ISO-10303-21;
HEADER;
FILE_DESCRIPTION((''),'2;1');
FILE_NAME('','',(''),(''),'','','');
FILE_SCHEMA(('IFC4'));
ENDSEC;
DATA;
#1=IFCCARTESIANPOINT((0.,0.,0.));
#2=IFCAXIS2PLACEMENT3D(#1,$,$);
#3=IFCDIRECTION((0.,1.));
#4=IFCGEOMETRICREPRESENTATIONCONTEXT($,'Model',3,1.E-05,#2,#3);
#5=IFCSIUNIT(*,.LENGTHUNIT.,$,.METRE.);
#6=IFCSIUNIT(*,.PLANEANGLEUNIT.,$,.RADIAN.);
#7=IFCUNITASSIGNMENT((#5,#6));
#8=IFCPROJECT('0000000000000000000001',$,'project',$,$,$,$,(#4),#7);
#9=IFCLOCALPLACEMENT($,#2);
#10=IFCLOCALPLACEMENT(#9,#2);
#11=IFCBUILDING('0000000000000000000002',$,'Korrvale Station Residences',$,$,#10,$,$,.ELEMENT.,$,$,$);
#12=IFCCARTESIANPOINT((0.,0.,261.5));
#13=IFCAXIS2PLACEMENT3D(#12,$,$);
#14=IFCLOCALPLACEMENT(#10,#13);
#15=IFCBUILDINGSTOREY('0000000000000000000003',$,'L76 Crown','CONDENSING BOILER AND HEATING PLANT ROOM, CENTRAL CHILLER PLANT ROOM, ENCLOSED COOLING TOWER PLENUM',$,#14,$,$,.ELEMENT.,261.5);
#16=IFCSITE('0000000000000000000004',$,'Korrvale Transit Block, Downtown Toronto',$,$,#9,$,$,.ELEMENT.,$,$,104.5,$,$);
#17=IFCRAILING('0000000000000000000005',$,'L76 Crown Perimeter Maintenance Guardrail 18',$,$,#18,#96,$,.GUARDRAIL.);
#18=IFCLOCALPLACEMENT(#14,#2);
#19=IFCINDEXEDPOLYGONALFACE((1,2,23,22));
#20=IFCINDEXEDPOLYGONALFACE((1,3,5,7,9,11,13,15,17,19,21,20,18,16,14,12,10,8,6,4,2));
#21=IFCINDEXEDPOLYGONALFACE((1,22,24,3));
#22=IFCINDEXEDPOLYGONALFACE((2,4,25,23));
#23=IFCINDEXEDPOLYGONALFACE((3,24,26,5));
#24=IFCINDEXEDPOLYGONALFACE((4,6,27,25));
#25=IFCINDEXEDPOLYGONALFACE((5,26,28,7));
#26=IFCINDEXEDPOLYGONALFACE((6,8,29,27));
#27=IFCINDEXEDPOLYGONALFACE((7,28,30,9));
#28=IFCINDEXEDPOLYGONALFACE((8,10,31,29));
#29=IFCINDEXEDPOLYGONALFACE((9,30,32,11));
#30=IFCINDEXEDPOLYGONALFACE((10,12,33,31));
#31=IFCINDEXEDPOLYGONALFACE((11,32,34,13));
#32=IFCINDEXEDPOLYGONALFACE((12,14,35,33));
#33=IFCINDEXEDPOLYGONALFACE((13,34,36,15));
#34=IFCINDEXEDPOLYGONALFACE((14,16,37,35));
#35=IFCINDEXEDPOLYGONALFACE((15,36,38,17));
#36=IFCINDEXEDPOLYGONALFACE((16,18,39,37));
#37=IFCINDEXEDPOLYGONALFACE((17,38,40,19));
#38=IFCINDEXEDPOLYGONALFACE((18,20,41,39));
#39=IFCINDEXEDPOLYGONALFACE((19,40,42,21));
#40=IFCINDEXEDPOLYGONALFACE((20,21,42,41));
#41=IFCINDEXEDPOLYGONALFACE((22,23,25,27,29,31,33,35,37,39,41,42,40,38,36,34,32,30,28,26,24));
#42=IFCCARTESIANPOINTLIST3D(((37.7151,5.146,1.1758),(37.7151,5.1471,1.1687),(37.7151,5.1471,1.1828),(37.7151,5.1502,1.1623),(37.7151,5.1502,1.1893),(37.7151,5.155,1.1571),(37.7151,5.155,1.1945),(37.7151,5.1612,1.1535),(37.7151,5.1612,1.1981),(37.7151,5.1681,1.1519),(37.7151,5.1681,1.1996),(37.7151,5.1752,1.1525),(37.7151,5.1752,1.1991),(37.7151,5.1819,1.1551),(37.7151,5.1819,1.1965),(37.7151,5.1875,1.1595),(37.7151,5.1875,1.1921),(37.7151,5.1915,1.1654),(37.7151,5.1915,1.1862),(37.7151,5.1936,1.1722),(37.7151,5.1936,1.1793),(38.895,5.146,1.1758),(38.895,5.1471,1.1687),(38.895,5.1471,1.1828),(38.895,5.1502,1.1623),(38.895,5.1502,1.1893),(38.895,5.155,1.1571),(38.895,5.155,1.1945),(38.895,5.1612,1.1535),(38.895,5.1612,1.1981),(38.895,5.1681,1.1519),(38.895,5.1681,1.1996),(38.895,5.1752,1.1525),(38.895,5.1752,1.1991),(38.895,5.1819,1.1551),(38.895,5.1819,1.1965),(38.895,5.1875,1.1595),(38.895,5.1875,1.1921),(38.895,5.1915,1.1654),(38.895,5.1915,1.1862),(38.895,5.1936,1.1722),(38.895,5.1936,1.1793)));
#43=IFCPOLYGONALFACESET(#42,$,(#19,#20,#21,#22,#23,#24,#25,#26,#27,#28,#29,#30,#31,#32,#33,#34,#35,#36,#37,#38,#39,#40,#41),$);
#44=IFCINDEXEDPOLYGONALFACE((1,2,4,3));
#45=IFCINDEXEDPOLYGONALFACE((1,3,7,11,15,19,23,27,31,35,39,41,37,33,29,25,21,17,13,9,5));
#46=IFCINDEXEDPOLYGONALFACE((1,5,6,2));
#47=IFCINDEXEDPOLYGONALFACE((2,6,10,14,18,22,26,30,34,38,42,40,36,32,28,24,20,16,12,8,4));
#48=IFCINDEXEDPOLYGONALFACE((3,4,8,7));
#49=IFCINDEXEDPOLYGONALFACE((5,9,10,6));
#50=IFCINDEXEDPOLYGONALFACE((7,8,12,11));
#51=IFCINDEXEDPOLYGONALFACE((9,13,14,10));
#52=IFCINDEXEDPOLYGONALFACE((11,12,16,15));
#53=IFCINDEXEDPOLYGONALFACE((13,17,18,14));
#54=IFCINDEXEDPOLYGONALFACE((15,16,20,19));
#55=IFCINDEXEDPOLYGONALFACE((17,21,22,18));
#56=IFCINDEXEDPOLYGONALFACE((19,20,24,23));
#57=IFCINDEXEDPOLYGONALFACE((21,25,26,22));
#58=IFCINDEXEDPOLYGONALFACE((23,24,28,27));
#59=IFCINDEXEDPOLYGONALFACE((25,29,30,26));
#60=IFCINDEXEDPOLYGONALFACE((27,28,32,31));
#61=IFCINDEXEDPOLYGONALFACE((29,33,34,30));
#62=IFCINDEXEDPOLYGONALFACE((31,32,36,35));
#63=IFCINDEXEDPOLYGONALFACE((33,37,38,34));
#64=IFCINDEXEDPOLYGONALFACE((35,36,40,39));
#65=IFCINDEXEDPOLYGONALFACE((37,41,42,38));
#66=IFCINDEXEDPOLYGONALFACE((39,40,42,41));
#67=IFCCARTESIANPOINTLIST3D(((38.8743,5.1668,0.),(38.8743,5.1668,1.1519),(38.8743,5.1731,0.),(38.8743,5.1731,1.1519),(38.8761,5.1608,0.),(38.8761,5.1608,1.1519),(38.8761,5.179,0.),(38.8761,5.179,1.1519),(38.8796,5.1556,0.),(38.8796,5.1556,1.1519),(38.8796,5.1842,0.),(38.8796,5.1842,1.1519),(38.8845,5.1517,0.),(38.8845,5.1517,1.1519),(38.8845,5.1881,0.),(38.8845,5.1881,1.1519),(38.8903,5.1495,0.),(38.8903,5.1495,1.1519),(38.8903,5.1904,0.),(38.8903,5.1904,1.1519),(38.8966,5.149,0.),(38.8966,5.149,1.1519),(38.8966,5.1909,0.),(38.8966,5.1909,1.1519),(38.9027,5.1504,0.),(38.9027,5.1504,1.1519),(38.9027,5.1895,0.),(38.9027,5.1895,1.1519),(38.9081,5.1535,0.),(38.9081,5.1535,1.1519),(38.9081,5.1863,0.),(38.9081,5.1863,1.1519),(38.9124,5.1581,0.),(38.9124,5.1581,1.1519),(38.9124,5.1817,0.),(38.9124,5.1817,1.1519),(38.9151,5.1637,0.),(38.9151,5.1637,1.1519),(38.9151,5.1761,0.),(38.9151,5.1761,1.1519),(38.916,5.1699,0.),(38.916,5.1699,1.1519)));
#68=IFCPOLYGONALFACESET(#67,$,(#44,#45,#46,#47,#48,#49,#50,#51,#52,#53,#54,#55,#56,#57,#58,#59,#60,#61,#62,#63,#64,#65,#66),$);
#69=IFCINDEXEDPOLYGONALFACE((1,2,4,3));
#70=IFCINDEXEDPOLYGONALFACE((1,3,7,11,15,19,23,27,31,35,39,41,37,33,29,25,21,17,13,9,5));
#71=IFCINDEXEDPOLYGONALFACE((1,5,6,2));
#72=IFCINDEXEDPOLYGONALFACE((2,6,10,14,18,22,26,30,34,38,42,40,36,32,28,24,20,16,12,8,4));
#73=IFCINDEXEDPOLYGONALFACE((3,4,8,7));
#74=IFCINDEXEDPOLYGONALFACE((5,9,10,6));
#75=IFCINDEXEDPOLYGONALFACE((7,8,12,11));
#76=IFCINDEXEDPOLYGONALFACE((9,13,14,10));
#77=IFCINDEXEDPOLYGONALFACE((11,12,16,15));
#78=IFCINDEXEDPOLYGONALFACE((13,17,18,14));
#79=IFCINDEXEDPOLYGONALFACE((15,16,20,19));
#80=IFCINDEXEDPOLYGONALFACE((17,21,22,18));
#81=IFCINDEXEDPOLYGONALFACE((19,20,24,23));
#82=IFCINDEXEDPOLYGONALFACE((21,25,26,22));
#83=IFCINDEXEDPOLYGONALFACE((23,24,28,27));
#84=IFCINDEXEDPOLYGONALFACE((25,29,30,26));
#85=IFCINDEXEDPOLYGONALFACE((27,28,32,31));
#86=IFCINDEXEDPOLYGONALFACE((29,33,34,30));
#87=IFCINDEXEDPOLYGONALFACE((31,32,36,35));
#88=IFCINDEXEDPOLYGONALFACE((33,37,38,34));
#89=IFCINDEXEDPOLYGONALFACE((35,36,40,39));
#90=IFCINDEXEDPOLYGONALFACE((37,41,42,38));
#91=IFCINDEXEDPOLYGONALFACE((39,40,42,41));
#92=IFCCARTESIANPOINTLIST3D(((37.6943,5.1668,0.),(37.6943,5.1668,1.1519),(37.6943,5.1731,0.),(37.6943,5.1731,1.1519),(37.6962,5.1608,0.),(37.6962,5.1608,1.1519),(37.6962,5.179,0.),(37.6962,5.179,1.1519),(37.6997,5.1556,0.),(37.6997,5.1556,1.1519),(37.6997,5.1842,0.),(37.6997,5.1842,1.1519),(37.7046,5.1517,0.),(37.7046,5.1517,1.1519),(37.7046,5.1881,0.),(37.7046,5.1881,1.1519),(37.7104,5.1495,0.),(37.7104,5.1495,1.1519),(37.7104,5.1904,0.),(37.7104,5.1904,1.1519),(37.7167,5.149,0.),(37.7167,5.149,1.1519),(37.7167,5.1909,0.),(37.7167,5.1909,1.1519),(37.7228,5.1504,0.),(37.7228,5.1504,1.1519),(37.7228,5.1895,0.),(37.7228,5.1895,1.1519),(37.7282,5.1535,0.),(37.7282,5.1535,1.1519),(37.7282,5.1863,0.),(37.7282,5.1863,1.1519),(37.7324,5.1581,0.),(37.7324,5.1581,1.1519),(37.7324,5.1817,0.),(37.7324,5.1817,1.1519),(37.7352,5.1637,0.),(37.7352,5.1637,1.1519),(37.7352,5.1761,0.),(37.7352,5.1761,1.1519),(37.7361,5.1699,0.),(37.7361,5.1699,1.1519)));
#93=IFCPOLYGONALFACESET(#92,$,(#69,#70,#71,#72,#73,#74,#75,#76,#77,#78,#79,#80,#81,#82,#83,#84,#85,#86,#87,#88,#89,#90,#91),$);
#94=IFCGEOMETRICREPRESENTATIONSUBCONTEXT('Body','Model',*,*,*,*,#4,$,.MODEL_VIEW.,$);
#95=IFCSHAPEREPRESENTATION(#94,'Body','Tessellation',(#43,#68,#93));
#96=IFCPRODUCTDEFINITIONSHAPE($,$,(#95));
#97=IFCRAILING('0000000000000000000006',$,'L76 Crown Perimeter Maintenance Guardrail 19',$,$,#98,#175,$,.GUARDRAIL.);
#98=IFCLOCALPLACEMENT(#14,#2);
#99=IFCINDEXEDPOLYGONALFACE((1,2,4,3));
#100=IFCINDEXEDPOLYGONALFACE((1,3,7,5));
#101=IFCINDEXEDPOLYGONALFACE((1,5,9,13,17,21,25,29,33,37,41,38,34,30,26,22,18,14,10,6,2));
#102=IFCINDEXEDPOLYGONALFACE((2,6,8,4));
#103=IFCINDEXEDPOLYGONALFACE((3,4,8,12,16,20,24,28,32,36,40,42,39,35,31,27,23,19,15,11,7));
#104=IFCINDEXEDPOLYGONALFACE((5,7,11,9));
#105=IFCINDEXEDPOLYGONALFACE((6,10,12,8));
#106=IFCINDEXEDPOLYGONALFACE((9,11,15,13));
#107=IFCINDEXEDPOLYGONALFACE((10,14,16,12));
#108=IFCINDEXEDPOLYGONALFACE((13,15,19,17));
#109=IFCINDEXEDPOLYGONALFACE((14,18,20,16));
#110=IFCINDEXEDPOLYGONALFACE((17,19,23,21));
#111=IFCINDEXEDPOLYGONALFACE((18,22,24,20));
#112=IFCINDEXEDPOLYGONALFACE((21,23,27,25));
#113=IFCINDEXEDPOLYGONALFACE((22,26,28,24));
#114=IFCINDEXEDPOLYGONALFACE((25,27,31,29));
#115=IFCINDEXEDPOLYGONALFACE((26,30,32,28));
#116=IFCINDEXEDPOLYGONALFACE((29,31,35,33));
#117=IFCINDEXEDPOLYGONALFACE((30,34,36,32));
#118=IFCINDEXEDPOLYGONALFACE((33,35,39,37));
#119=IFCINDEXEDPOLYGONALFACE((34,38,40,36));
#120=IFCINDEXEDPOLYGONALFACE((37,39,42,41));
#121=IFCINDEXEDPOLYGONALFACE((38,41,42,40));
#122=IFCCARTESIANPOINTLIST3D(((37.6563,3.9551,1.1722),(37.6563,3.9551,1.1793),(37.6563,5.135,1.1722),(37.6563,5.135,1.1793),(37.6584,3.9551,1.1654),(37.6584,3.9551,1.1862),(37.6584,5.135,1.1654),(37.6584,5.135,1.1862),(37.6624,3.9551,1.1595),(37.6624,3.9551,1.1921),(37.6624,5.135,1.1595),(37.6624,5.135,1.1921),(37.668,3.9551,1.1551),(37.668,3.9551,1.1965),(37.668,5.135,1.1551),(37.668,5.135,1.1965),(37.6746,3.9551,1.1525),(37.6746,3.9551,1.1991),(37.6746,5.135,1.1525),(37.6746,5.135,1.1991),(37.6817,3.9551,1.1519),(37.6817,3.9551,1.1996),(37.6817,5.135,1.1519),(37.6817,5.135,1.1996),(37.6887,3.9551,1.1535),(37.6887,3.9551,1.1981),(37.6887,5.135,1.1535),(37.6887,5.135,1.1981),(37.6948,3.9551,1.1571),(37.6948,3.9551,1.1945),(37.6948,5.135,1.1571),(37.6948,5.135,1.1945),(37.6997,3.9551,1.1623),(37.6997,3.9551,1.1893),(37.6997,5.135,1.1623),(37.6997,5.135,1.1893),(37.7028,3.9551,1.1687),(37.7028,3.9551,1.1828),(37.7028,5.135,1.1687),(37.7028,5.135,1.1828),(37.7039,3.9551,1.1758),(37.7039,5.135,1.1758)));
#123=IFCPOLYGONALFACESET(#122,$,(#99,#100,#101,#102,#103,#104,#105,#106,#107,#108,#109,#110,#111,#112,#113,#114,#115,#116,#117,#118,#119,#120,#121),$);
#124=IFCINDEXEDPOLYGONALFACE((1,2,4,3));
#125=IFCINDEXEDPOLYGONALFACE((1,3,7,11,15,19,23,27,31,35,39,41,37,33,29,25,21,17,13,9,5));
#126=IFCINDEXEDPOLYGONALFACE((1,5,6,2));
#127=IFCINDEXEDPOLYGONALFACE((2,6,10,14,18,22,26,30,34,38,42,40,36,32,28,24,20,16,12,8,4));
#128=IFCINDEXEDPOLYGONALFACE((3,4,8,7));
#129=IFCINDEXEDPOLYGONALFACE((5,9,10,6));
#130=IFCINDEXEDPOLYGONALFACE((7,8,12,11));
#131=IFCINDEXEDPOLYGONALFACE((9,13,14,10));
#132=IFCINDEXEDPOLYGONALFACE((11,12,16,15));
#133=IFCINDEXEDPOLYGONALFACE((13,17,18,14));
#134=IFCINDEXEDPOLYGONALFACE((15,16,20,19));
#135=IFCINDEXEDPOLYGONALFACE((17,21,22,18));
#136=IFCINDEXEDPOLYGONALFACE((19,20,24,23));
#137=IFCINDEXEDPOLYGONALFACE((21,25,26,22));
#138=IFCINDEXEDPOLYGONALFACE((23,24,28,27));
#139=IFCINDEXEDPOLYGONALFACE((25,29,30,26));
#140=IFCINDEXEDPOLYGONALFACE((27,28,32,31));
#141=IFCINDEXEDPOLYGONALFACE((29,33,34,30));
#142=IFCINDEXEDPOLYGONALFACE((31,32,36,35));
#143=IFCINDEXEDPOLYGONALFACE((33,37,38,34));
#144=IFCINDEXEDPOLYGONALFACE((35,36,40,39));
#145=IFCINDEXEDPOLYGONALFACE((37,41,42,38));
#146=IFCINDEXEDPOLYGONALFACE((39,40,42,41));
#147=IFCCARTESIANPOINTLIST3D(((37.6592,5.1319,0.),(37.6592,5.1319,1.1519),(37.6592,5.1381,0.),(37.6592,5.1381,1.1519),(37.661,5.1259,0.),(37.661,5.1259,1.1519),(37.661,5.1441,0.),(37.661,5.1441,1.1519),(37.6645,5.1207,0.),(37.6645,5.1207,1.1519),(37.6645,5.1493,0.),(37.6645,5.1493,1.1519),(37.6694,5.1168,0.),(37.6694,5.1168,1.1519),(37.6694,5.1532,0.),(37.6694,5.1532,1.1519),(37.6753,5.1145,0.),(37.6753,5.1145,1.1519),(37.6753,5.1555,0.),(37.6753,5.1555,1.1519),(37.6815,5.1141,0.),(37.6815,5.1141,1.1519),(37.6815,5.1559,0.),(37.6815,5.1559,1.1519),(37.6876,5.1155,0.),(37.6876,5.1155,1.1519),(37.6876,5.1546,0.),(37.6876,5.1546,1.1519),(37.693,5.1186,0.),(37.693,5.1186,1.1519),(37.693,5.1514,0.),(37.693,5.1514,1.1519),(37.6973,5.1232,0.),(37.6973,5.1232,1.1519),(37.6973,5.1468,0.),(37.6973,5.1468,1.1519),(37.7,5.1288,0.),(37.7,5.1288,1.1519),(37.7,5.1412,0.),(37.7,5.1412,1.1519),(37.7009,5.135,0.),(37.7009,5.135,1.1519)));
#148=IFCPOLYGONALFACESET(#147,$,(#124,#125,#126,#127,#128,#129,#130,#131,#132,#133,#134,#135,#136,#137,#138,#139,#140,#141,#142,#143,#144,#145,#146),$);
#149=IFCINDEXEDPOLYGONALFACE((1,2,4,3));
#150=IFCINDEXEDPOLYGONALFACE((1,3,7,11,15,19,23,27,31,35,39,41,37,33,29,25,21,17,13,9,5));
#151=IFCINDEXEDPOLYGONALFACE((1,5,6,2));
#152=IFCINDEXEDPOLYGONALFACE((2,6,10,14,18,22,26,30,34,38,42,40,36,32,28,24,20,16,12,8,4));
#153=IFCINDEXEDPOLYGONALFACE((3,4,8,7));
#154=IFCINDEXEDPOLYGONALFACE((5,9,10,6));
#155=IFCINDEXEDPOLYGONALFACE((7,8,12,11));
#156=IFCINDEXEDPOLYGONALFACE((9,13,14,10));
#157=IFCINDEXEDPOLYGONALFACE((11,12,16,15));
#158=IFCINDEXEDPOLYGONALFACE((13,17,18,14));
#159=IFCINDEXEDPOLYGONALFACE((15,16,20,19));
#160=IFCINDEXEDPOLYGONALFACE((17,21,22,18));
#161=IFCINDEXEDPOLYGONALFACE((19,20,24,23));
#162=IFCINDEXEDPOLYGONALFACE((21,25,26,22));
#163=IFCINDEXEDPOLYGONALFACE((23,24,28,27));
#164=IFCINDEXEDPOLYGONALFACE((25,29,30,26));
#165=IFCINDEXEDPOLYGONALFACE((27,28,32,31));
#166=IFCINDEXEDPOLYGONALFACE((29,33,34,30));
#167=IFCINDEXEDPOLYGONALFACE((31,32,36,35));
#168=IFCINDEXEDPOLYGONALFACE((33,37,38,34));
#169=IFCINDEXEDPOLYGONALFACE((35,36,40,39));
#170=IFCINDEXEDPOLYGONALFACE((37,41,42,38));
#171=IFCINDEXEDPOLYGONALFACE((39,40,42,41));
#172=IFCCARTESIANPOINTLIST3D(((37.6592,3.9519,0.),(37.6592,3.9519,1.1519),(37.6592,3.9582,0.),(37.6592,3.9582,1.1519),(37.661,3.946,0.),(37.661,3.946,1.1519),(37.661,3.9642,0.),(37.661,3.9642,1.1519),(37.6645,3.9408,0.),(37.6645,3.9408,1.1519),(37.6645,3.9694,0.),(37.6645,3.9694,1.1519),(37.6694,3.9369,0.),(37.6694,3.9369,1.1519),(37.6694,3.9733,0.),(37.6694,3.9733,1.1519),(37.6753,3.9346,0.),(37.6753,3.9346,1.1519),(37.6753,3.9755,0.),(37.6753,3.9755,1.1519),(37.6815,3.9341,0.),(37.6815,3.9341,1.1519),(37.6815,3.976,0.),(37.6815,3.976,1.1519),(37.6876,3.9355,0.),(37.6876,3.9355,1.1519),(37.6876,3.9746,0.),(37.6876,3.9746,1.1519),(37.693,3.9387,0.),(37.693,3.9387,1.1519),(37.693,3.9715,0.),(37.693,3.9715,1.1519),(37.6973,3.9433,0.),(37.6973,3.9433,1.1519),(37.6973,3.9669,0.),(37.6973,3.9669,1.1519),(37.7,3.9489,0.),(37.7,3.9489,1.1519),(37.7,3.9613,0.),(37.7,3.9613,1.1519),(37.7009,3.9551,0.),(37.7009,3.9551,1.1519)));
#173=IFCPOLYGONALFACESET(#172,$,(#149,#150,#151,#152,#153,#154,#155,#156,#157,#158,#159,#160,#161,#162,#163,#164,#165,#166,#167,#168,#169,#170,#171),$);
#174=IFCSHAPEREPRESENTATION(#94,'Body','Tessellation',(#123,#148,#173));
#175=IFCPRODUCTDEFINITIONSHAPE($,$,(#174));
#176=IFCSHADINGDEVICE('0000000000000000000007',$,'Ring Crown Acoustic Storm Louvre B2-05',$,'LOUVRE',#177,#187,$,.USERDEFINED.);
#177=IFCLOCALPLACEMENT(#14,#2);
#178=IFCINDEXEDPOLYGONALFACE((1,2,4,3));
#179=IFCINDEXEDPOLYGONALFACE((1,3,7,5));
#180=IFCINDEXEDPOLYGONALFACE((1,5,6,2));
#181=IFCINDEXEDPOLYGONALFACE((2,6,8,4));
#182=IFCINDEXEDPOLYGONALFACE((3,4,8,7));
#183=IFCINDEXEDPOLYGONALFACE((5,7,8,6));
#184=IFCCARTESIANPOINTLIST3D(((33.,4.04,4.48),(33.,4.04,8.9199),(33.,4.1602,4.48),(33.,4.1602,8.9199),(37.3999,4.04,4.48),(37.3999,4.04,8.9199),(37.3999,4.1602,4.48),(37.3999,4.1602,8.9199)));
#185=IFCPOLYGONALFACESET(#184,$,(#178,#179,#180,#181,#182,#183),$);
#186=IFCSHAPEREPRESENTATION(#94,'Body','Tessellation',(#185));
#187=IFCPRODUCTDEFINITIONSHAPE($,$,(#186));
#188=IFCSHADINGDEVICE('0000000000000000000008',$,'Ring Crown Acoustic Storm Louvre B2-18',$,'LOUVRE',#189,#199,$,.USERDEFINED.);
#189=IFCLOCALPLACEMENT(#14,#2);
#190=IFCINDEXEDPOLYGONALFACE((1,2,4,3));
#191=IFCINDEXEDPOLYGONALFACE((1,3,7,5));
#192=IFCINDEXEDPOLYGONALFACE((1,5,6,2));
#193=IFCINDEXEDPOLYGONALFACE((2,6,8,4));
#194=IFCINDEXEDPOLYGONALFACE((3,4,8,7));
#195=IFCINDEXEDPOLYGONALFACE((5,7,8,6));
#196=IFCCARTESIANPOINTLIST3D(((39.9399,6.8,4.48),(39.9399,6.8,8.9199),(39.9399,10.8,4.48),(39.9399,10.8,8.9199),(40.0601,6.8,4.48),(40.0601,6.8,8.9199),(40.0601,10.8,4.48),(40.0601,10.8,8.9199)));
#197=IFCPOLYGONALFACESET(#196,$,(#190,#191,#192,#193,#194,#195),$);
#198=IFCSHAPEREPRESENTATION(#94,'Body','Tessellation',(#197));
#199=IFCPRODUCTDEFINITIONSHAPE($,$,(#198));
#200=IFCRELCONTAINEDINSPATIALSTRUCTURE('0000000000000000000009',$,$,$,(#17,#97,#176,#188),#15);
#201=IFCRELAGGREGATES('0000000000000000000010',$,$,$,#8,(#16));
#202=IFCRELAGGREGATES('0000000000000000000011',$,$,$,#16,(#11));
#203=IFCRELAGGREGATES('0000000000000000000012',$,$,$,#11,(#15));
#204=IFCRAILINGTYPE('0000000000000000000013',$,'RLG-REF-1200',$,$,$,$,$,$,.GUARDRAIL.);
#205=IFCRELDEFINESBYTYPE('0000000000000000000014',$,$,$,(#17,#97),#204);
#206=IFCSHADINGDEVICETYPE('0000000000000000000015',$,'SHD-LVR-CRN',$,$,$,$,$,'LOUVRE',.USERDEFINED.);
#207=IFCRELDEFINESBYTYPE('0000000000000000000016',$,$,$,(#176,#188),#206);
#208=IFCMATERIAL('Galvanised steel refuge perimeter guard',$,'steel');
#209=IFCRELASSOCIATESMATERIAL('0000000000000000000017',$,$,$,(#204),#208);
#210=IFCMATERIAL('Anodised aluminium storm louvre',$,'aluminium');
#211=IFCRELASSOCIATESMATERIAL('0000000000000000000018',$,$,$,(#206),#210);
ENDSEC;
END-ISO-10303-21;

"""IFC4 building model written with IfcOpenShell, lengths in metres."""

from ifc_helpers import new_model, si_unit, direction, frame, origin, origin_2d, place, context, subcontext, project, spatial, rectangle, circle, extrude, material, type_object, element, save


model = new_model("IFC4")

# Units and contexts
model_context = context("Model", 3, precision=1e-05, world=origin(), true_north=direction((0.0, 1.0)))
body_context = subcontext(model_context, "Body", "Model", "MODEL_VIEW")
ifc_project = project(units=[si_unit("LENGTHUNIT", "METRE"), si_unit("PLANEANGLEUNIT", "RADIAN")], contexts=[model_context])

# Site, building, storey
site_placement = place(None, origin())
site = spatial("IfcSite", under=ifc_project, at=site_placement, Name="Korrvale Transit Block, Downtown Toronto", CompositionType="ELEMENT", RefElevation=104.5)
building_placement = place(site_placement, origin())
building = spatial("IfcBuilding", under=site, at=building_placement, Name="Korrvale Station Residences", CompositionType="ELEMENT")
storey_placement = place(building_placement, frame((0.0, 0.0, 261.5)))
storey = spatial("IfcBuildingStorey", under=building, at=storey_placement, Name="L76 Crown", Description="CONDENSING BOILER AND HEATING PLANT ROOM, CENTRAL CHILLER PLANT ROOM, ENCLOSED COOLING TOWER PLENUM", CompositionType="ELEMENT", Elevation=261.5)

# Railings
ifc_material_1 = material(Name="Galvanised steel refuge perimeter guard", Category="steel")
railing_type = type_object("IfcRailingType", Name="RLG-REF-1200", PredefinedType="GUARDRAIL", material=ifc_material_1)
railing_1_placement = place(storey_placement, frame((38.895, 5.1699, 0.0)))
element("IfcRailing", 1, at=railing_1_placement, inside=storey, type_object=railing_type, Name="L76 Crown Perimeter Maintenance Guardrail 18", PredefinedType="GUARDRAIL", context=body_context, shape_type="SweptSolid", body=[
    extrude(circle(Radius=0.0239, at=origin_2d()), frame((0.0, 0.0, 1.1758), z_axis=(-1.0, 0.0, 0.0), x_axis=(0.0, -1.0, 0.0)), (0.0, 0.0, 1.0), 1.1799),
    extrude(circle(Radius=0.021, at=origin_2d()), origin(), (0.0, 0.0, 1.0), 1.1519),
    extrude(circle(Radius=0.021, at=origin_2d()), frame((-1.1799, 0.0, 0.0)), (0.0, 0.0, 1.0), 1.1519),
])
railing_2_placement = place(storey_placement, frame((37.6799, 5.135, 0.0)))
element("IfcRailing", 2, at=railing_2_placement, inside=storey, type_object=railing_type, Name="L76 Crown Perimeter Maintenance Guardrail 19", PredefinedType="GUARDRAIL", context=body_context, shape_type="SweptSolid", body=[
    extrude(circle(Radius=0.0239, at=origin_2d()), frame((0.0, 0.0, 1.1758), z_axis=(0.0, -1.0, 0.0), x_axis=(1.0, 0.0, 0.0)), (0.0, 0.0, 1.0), 1.1799),
    extrude(circle(Radius=0.021, at=origin_2d()), origin(), (0.0, 0.0, 1.0), 1.1519),
    extrude(circle(Radius=0.021, at=origin_2d()), frame((0.0, -1.1799, 0.0)), (0.0, 0.0, 1.0), 1.1519),
])

# Shading devices
ifc_material_2 = material(Name="Anodised aluminium storm louvre", Category="aluminium")
shading_device_type = type_object("IfcShadingDeviceType", Name="SHD-LVR-CRN", ElementType="LOUVRE", PredefinedType="USERDEFINED", material=ifc_material_2)
shading_device_1_placement = place(storey_placement, frame((35.2, 4.1001, 4.48), z_axis=(0.0, 0.0, 1.0), x_axis=(1.0, 0.0, 0.0)))
element("IfcShadingDevice", 3, at=shading_device_1_placement, inside=storey, type_object=shading_device_type, Name="Ring Crown Acoustic Storm Louvre B2-05", ObjectType="LOUVRE", PredefinedType="USERDEFINED", context=body_context, shape_type="SweptSolid", body=[
    extrude(rectangle(XDim=4.3999, YDim=0.1201, at=origin_2d()), origin(), (0.0, 0.0, 1.0), 4.4399),
])
shading_device_2_placement = place(storey_placement, frame((40.0, 8.8, 4.48), z_axis=(0.0, 0.0, 1.0), x_axis=(0.0, 1.0, 0.0)))
element("IfcShadingDevice", 4, at=shading_device_2_placement, inside=storey, type_object=shading_device_type, Name="Ring Crown Acoustic Storm Louvre B2-18", ObjectType="LOUVRE", PredefinedType="USERDEFINED", context=body_context, shape_type="SweptSolid", body=[
    extrude(rectangle(XDim=4.0, YDim=0.1201, at=origin_2d()), origin(), (0.0, 0.0, 1.0), 4.4399),
])

save(model, "model.ifc")
